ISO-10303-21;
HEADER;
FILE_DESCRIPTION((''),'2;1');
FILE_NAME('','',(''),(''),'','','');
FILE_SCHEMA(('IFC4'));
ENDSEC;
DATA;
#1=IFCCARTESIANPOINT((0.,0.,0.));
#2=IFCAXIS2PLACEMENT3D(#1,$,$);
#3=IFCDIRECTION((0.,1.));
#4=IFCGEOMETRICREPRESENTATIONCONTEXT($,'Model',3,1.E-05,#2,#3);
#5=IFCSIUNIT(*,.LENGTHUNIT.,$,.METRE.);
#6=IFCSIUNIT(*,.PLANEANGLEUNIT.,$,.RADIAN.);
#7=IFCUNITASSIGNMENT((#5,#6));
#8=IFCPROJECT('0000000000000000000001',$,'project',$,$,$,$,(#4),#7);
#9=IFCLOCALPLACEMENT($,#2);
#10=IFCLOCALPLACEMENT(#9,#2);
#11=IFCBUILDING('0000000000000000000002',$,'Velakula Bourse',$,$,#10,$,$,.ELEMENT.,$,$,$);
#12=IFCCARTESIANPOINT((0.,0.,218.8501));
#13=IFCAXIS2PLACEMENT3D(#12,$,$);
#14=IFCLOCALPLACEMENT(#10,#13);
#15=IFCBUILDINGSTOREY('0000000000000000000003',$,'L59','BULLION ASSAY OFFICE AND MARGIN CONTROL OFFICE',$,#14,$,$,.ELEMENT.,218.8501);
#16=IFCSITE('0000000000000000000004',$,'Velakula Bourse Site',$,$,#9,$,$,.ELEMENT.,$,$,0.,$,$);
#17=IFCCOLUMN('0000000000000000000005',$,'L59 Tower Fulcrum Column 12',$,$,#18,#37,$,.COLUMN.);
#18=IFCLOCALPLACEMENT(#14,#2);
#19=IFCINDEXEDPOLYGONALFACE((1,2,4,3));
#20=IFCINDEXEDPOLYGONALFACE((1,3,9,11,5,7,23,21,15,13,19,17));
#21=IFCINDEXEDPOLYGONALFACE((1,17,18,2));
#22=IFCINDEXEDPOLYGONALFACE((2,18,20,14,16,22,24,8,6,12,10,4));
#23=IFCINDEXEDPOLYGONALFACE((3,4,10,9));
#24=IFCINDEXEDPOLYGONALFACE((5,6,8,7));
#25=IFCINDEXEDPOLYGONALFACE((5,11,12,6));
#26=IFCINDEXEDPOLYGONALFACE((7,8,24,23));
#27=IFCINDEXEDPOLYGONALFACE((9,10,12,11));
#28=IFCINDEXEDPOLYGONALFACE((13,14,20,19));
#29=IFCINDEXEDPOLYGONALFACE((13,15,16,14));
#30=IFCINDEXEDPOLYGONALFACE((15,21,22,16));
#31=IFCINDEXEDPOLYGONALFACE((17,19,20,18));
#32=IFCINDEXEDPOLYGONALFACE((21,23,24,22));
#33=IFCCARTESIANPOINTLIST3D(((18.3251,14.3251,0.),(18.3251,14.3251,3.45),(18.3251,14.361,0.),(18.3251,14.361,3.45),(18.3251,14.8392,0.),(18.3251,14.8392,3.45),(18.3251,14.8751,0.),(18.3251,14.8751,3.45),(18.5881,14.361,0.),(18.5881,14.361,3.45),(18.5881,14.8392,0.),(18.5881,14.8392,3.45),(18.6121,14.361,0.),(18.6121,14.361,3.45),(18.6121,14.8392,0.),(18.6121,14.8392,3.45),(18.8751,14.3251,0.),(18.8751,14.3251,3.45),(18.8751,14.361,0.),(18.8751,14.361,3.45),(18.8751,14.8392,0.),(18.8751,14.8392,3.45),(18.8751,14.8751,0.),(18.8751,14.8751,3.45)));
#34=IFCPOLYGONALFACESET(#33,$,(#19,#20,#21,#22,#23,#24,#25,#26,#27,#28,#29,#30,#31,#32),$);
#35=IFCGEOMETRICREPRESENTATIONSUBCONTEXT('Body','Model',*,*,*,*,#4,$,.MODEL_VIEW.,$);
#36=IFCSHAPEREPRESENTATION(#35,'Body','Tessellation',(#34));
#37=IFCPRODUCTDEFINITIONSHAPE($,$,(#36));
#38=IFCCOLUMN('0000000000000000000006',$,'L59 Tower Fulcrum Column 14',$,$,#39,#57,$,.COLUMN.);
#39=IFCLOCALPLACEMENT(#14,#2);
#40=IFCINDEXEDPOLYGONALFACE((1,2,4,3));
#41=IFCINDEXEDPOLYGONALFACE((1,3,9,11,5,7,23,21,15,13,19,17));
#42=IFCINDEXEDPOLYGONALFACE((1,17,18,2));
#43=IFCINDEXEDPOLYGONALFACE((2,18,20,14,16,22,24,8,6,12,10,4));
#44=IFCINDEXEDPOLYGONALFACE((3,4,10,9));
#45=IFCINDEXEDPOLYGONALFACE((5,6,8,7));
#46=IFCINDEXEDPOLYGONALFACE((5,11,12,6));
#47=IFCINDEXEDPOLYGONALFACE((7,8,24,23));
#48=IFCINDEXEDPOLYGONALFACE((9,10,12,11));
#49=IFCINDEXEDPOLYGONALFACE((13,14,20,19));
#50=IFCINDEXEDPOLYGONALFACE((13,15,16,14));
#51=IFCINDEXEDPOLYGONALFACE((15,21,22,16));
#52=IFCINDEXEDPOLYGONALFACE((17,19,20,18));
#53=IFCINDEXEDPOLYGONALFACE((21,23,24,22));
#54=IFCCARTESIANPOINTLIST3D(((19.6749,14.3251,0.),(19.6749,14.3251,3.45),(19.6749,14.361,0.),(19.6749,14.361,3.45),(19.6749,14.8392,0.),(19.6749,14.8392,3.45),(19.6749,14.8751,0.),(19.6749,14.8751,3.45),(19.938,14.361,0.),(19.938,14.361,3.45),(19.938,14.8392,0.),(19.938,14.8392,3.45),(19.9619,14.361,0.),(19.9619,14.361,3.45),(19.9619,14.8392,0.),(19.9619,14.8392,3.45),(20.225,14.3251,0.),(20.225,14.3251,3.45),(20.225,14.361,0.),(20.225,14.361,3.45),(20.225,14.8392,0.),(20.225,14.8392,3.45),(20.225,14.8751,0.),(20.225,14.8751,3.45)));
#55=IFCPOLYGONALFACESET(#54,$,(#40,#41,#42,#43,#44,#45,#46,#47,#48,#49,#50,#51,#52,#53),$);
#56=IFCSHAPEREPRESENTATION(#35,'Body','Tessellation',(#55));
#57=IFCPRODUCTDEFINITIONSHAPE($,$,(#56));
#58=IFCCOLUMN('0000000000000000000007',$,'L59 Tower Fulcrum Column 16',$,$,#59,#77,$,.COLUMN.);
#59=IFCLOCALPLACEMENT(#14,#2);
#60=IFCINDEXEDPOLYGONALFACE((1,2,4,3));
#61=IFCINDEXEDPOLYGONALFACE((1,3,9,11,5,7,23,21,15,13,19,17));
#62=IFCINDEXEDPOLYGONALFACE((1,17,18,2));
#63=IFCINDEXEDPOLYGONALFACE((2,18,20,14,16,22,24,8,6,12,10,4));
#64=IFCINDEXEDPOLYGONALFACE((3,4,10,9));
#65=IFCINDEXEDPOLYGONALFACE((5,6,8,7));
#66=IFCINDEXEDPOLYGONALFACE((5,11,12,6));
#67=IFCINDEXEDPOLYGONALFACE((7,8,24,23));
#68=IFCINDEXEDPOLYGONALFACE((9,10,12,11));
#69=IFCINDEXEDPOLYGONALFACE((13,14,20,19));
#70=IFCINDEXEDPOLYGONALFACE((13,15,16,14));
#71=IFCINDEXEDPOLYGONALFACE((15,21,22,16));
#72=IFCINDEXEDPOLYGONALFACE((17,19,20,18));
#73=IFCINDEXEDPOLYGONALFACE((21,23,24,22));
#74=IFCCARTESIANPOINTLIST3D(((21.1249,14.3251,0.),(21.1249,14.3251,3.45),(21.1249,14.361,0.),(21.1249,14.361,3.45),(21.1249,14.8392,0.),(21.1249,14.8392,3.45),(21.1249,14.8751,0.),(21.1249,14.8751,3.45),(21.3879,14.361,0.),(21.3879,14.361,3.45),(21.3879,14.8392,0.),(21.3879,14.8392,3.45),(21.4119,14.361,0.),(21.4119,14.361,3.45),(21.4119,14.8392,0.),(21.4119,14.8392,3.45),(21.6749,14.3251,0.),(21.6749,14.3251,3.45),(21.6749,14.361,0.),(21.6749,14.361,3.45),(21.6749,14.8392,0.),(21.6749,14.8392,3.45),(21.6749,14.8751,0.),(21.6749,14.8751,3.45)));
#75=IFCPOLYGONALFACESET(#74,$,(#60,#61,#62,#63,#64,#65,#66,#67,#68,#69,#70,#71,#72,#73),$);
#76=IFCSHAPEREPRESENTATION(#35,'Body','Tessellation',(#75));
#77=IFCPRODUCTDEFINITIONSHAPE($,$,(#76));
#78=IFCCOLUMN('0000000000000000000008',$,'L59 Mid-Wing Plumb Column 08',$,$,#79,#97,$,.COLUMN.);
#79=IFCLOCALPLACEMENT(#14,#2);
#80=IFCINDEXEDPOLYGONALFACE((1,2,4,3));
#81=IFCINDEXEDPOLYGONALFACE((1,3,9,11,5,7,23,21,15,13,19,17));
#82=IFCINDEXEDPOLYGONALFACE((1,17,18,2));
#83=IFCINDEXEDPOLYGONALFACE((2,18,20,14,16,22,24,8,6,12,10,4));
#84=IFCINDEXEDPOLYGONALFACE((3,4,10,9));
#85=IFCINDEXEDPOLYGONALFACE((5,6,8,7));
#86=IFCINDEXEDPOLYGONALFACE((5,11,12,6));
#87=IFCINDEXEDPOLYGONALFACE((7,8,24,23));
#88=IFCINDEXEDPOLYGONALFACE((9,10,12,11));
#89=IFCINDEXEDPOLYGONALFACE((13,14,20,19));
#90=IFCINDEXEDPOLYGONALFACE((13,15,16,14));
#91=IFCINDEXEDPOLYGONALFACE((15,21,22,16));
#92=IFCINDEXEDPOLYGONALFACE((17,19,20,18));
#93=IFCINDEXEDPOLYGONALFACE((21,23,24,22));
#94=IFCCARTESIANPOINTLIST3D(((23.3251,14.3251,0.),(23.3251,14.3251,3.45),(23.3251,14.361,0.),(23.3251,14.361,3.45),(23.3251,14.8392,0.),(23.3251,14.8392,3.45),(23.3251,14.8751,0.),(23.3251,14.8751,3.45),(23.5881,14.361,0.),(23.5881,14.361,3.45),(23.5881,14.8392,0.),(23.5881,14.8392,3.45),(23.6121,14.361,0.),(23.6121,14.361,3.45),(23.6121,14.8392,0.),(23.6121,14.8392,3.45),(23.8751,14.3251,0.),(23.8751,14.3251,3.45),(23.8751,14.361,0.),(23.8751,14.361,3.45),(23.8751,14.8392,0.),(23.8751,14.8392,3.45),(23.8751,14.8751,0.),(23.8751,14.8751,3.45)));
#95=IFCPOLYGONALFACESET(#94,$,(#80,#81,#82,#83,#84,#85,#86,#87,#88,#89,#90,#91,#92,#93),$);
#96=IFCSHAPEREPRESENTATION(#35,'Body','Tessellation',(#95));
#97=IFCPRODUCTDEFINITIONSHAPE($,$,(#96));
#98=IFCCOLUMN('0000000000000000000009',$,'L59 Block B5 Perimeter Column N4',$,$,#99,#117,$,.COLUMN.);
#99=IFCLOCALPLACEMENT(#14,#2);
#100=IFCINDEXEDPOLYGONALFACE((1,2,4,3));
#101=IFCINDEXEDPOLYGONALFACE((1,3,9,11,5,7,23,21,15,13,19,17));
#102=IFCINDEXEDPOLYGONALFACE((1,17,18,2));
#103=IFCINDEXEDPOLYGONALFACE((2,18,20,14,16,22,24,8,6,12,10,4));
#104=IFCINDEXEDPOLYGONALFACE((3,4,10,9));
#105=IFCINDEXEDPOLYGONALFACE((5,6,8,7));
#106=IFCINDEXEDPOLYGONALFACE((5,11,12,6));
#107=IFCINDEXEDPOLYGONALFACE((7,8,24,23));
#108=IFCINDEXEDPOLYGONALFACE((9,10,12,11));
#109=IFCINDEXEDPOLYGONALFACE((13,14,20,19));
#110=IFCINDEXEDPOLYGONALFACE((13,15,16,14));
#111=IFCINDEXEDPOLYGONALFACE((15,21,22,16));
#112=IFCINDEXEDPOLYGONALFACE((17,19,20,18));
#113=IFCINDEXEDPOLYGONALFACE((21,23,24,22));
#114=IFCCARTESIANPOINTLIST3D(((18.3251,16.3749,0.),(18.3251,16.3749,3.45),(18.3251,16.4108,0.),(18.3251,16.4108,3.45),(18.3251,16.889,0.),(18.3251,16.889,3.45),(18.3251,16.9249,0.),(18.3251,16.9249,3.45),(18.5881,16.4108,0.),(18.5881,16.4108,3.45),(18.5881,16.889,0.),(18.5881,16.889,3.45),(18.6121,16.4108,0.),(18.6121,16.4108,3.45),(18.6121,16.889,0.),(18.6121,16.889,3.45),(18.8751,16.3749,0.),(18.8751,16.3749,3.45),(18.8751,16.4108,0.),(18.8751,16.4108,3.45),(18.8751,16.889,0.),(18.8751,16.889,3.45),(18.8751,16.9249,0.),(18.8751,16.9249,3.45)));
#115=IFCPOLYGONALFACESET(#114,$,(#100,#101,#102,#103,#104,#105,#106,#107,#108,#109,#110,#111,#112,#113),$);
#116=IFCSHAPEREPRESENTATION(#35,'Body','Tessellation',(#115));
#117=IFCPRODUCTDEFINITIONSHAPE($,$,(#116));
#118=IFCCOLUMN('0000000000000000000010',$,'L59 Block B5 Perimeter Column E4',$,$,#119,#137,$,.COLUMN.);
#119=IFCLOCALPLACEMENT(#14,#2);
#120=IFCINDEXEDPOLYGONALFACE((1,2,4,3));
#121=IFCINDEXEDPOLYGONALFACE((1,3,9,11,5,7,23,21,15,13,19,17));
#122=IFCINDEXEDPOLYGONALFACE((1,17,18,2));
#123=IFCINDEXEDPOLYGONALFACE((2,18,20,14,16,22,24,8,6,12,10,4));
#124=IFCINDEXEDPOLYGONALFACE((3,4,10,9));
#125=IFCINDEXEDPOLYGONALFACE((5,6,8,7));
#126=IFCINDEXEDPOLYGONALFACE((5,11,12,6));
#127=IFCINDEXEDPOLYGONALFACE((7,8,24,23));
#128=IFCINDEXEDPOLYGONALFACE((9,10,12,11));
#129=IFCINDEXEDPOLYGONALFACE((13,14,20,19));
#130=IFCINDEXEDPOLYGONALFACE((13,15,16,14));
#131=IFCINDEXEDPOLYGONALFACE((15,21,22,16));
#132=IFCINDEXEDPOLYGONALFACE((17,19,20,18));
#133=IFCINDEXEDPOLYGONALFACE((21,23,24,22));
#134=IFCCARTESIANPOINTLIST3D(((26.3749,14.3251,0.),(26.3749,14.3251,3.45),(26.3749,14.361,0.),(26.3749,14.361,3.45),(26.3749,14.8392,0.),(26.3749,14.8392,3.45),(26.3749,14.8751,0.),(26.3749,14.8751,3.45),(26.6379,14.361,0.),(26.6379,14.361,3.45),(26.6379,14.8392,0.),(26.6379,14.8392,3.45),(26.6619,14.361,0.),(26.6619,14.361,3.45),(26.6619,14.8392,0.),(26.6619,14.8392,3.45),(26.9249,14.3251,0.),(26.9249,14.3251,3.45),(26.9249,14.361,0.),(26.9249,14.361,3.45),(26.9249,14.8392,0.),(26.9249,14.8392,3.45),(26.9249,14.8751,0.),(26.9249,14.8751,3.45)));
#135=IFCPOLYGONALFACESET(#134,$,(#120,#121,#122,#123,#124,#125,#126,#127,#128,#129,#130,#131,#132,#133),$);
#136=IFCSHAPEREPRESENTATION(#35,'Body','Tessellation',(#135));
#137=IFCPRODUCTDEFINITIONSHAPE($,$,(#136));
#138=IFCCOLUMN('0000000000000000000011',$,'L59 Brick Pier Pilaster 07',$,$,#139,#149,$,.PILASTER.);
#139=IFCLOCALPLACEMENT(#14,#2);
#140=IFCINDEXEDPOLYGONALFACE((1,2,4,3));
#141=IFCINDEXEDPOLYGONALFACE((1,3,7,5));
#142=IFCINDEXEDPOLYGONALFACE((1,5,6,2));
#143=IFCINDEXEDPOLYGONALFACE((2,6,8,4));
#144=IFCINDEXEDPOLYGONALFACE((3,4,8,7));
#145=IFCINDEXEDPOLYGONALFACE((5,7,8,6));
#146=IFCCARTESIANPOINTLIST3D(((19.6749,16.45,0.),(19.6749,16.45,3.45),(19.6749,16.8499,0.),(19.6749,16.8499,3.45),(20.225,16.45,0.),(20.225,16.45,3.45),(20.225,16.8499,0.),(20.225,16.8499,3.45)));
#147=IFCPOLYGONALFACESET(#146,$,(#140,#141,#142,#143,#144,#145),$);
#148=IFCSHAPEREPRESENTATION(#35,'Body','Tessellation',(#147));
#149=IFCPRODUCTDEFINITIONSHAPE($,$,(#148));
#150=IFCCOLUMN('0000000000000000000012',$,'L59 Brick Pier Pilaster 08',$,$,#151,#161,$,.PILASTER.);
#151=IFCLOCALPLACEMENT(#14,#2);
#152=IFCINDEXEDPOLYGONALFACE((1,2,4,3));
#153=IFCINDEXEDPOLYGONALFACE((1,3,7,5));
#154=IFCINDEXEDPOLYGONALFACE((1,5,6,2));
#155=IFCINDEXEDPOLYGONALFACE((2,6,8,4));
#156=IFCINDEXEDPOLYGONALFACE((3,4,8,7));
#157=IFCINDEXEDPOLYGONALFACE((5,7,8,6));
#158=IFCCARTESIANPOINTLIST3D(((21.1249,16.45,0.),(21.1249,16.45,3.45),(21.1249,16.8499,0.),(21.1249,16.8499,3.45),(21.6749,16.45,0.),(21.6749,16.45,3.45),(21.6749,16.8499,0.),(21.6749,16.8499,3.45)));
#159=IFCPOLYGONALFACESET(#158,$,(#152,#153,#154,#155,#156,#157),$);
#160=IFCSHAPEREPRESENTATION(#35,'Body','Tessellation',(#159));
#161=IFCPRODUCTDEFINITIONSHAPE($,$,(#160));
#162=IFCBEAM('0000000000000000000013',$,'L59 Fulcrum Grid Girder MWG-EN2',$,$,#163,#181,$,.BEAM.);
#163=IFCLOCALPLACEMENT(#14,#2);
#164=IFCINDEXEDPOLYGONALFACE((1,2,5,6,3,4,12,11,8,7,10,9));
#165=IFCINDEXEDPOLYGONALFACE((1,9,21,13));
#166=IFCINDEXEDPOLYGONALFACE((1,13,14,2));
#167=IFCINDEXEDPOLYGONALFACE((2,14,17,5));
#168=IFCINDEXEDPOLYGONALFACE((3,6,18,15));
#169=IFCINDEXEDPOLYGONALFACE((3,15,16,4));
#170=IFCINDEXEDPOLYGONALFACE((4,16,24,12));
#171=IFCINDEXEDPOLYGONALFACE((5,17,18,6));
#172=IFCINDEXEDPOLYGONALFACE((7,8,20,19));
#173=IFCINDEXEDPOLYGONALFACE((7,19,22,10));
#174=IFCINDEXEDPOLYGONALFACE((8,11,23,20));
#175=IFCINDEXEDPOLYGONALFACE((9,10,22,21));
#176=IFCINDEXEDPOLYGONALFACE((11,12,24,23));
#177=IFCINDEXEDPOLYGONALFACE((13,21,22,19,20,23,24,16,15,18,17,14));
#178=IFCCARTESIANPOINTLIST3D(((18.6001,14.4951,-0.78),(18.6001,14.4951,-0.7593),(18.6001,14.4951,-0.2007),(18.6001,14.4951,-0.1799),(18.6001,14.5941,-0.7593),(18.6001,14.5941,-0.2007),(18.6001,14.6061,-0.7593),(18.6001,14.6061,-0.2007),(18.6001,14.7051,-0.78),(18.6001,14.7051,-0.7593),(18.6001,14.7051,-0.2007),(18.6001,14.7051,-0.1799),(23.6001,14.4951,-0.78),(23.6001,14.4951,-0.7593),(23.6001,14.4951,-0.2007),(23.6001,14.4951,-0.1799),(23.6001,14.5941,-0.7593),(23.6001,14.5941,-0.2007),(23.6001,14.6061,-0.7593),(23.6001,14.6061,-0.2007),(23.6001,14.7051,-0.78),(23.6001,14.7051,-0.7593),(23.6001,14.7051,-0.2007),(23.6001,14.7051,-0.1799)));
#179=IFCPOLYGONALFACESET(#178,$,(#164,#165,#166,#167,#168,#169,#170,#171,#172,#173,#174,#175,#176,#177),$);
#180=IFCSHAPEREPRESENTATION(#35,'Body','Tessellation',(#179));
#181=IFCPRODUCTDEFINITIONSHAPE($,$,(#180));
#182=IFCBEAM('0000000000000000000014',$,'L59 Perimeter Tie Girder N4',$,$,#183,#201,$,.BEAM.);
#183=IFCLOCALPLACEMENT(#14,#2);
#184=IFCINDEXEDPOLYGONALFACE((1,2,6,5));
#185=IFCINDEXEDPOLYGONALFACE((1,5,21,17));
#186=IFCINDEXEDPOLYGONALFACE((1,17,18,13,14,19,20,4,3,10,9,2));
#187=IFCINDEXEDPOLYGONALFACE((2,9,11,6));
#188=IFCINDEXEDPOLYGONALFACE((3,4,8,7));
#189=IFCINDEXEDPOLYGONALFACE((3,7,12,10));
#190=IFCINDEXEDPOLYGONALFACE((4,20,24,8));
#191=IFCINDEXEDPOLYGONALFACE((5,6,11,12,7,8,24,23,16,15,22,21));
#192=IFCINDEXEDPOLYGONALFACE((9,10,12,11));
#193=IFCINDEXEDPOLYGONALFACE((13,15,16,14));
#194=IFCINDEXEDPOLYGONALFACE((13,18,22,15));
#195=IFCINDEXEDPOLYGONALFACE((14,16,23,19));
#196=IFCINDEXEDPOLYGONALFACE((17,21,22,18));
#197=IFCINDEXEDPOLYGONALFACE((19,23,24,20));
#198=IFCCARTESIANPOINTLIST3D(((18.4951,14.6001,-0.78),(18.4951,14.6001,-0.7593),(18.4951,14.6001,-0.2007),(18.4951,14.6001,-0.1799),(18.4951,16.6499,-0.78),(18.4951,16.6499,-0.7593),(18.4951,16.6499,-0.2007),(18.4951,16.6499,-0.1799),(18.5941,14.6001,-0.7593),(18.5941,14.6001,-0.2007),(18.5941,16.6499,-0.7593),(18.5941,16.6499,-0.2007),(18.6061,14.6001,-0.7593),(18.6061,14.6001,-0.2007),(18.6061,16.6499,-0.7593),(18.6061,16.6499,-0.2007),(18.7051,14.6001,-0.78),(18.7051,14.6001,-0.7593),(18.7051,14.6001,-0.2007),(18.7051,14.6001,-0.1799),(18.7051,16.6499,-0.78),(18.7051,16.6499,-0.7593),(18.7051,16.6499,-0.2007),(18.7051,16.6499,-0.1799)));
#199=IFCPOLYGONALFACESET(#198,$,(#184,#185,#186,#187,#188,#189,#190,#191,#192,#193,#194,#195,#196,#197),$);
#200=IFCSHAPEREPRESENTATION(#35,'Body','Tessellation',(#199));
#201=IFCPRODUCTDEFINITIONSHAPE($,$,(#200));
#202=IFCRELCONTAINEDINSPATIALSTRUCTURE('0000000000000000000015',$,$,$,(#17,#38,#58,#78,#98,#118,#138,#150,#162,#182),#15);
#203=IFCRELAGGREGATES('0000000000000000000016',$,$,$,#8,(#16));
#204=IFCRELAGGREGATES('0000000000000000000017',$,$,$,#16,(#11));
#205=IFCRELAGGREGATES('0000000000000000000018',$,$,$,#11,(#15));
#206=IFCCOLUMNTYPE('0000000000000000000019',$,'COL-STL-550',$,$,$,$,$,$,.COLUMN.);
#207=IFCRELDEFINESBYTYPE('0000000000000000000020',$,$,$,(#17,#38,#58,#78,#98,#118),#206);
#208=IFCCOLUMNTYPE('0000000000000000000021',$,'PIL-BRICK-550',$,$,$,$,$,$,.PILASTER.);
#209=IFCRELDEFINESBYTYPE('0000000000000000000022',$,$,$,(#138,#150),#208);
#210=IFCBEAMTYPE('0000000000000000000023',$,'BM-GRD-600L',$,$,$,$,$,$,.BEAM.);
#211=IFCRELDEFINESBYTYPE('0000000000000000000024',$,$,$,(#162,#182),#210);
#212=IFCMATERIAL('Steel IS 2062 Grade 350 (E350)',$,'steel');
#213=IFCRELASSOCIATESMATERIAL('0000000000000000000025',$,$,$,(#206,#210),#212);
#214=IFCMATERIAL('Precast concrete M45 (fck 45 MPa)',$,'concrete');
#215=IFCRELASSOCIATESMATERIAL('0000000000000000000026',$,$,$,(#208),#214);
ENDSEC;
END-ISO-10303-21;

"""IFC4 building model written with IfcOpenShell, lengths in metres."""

from ifc_helpers import new_model, si_unit, direction, frame, origin, origin_2d, place, context, subcontext, project, spatial, rectangle, i_section, extrude, material, material_profile, profile_set, type_object, element, save


model = new_model("IFC4")

# Units and contexts
model_context = context("Model", 3, precision=1e-05, world=origin(), true_north=direction((0.0, 1.0)))
body_context = subcontext(model_context, "Body", "Model", "MODEL_VIEW")
ifc_project = project(units=[si_unit("LENGTHUNIT", "METRE"), si_unit("PLANEANGLEUNIT", "RADIAN")], contexts=[model_context])

# Site, building, storey
site_placement = place(None, origin())
site = spatial("IfcSite", under=ifc_project, at=site_placement, Name="Velakula Bourse Site", CompositionType="ELEMENT", RefElevation=0.0)
building_placement = place(site_placement, origin())
building = spatial("IfcBuilding", under=site, at=building_placement, Name="Velakula Bourse", CompositionType="ELEMENT")
storey_placement = place(building_placement, frame((0.0, 0.0, 218.8501)))
storey = spatial("IfcBuildingStorey", under=building, at=storey_placement, Name="L59", Description="BULLION ASSAY OFFICE AND MARGIN CONTROL OFFICE", CompositionType="ELEMENT", Elevation=218.8501)

# Columns
ifc_material_1 = material(Name="Steel IS 2062 Grade 350 (E350)", Category="steel")
ifc_material_profile_1 = material_profile(ifc_material_1, i_section(OverallWidth=0.55, OverallDepth=0.55, WebThickness=0.0239, FlangeThickness=0.0359, at=origin_2d()), Name="Steel IS 2062 Grade 350 (E350)")
ifc_profile_set_1 = profile_set([ifc_material_profile_1], Name="Steel IS 2062 Grade 350 (E350)")
column_type_1 = type_object("IfcColumnType", Name="COL-STL-550", PredefinedType="COLUMN", material=ifc_profile_set_1)
for number, where, z_axis, x_axis, name in (
    (1, (18.6001, 14.6001, 0.0), (0.0, 0.0, 1.0), (1.0, 0.0, 0.0), "L59 Tower Fulcrum Column 12"),
    (2, (19.95, 14.6001, 0.0), (0.0, 0.0, 1.0), (1.0, 0.0, 0.0), "L59 Tower Fulcrum Column 14"),
    (3, (21.3999, 14.6001, 0.0), (0.0, 0.0, 1.0), (1.0, 0.0, 0.0), "L59 Tower Fulcrum Column 16"),
    (4, (23.6001, 14.6001, 0.0), (0.0, 0.0, 1.0), (1.0, 0.0, 0.0), "L59 Mid-Wing Plumb Column 08"),
    (5, (18.6001, 16.6499, 0.0), (0.0, 0.0, 1.0), (1.0, 0.0, 0.0), "L59 Block B5 Perimeter Column N4"),
    (6, (26.6499, 14.6001, 0.0), (0.0, 0.0, 1.0), (1.0, 0.0, 0.0), "L59 Block B5 Perimeter Column E4"),
):
    element("IfcColumn", number, at=place(storey_placement, frame(where, z_axis=z_axis, x_axis=x_axis)), inside=storey, type_object=column_type_1, Name=name, PredefinedType="COLUMN", context=body_context, shape_type="SweptSolid", body=[
        extrude(i_section(OverallWidth=0.55, OverallDepth=0.55, WebThickness=0.0239, FlangeThickness=0.0359, at=origin_2d()), origin(), (0.0, 0.0, 1.0), 3.45),
    ])
ifc_material_2 = material(Name="Precast concrete M45 (fck 45 MPa)", Category="concrete")
ifc_material_profile_2 = material_profile(ifc_material_2, rectangle(XDim=0.55, YDim=0.3999, at=origin_2d()), Name="Precast concrete M45 (fck 45 MPa)")
ifc_profile_set_2 = profile_set([ifc_material_profile_2], Name="Precast concrete M45 (fck 45 MPa)")
column_type_2 = type_object("IfcColumnType", Name="PIL-BRICK-550", PredefinedType="PILASTER", material=ifc_profile_set_2)
for number, where, z_axis, x_axis, name in (
    (7, (19.95, 16.6499, 0.0), (0.0, 0.0, 1.0), (1.0, 0.0, 0.0), "L59 Brick Pier Pilaster 07"),
    (8, (21.3999, 16.6499, 0.0), (0.0, 0.0, 1.0), (1.0, 0.0, 0.0), "L59 Brick Pier Pilaster 08"),
):
    element("IfcColumn", number, at=place(storey_placement, frame(where, z_axis=z_axis, x_axis=x_axis)), inside=storey, type_object=column_type_2, Name=name, PredefinedType="PILASTER", context=body_context, shape_type="SweptSolid", body=[
        extrude(rectangle(XDim=0.55, YDim=0.3999, at=origin_2d()), origin(), (0.0, 0.0, 1.0), 3.45),
    ])

# Beams
ifc_material_profile_3 = material_profile(ifc_material_1, i_section(OverallWidth=0.21, OverallDepth=0.6001, WebThickness=0.012, FlangeThickness=0.0208, at=origin_2d()), Name="Steel IS 2062 Grade 350 (E350)")
ifc_profile_set_3 = profile_set([ifc_material_profile_3], Name="Steel IS 2062 Grade 350 (E350)")
beam_type_1 = type_object("IfcBeamType", Name="BM-GRD-600L", PredefinedType="BEAM", material=ifc_profile_set_3)
beam_1_placement = place(storey_placement, frame((18.6001, 14.6001, -0.48), z_axis=(1.0, 0.0, 0.0), x_axis=(0.0, 1.0, 0.0)))
element("IfcBeam", 9, at=beam_1_placement, inside=storey, type_object=beam_type_1, Name="L59 Fulcrum Grid Girder MWG-EN2", PredefinedType="BEAM", context=body_context, shape_type="SweptSolid", body=[
    extrude(i_section(OverallWidth=0.21, OverallDepth=0.6001, WebThickness=0.012, FlangeThickness=0.0208, at=origin_2d()), origin(), (0.0, 0.0, 1.0), 5.0),
])
beam_2_placement = place(storey_placement, frame((18.6001, 14.6001, -0.48), z_axis=(0.0, 1.0, 0.0), x_axis=(-1.0, 0.0, 0.0)))
element("IfcBeam", 10, at=beam_2_placement, inside=storey, type_object=beam_type_1, Name="L59 Perimeter Tie Girder N4", PredefinedType="BEAM", context=body_context, shape_type="SweptSolid", body=[
    extrude(i_section(OverallWidth=0.21, OverallDepth=0.6001, WebThickness=0.012, FlangeThickness=0.0208, at=origin_2d()), origin(), (0.0, 0.0, 1.0), 2.0498),
])

save(model, "model.ifc")
